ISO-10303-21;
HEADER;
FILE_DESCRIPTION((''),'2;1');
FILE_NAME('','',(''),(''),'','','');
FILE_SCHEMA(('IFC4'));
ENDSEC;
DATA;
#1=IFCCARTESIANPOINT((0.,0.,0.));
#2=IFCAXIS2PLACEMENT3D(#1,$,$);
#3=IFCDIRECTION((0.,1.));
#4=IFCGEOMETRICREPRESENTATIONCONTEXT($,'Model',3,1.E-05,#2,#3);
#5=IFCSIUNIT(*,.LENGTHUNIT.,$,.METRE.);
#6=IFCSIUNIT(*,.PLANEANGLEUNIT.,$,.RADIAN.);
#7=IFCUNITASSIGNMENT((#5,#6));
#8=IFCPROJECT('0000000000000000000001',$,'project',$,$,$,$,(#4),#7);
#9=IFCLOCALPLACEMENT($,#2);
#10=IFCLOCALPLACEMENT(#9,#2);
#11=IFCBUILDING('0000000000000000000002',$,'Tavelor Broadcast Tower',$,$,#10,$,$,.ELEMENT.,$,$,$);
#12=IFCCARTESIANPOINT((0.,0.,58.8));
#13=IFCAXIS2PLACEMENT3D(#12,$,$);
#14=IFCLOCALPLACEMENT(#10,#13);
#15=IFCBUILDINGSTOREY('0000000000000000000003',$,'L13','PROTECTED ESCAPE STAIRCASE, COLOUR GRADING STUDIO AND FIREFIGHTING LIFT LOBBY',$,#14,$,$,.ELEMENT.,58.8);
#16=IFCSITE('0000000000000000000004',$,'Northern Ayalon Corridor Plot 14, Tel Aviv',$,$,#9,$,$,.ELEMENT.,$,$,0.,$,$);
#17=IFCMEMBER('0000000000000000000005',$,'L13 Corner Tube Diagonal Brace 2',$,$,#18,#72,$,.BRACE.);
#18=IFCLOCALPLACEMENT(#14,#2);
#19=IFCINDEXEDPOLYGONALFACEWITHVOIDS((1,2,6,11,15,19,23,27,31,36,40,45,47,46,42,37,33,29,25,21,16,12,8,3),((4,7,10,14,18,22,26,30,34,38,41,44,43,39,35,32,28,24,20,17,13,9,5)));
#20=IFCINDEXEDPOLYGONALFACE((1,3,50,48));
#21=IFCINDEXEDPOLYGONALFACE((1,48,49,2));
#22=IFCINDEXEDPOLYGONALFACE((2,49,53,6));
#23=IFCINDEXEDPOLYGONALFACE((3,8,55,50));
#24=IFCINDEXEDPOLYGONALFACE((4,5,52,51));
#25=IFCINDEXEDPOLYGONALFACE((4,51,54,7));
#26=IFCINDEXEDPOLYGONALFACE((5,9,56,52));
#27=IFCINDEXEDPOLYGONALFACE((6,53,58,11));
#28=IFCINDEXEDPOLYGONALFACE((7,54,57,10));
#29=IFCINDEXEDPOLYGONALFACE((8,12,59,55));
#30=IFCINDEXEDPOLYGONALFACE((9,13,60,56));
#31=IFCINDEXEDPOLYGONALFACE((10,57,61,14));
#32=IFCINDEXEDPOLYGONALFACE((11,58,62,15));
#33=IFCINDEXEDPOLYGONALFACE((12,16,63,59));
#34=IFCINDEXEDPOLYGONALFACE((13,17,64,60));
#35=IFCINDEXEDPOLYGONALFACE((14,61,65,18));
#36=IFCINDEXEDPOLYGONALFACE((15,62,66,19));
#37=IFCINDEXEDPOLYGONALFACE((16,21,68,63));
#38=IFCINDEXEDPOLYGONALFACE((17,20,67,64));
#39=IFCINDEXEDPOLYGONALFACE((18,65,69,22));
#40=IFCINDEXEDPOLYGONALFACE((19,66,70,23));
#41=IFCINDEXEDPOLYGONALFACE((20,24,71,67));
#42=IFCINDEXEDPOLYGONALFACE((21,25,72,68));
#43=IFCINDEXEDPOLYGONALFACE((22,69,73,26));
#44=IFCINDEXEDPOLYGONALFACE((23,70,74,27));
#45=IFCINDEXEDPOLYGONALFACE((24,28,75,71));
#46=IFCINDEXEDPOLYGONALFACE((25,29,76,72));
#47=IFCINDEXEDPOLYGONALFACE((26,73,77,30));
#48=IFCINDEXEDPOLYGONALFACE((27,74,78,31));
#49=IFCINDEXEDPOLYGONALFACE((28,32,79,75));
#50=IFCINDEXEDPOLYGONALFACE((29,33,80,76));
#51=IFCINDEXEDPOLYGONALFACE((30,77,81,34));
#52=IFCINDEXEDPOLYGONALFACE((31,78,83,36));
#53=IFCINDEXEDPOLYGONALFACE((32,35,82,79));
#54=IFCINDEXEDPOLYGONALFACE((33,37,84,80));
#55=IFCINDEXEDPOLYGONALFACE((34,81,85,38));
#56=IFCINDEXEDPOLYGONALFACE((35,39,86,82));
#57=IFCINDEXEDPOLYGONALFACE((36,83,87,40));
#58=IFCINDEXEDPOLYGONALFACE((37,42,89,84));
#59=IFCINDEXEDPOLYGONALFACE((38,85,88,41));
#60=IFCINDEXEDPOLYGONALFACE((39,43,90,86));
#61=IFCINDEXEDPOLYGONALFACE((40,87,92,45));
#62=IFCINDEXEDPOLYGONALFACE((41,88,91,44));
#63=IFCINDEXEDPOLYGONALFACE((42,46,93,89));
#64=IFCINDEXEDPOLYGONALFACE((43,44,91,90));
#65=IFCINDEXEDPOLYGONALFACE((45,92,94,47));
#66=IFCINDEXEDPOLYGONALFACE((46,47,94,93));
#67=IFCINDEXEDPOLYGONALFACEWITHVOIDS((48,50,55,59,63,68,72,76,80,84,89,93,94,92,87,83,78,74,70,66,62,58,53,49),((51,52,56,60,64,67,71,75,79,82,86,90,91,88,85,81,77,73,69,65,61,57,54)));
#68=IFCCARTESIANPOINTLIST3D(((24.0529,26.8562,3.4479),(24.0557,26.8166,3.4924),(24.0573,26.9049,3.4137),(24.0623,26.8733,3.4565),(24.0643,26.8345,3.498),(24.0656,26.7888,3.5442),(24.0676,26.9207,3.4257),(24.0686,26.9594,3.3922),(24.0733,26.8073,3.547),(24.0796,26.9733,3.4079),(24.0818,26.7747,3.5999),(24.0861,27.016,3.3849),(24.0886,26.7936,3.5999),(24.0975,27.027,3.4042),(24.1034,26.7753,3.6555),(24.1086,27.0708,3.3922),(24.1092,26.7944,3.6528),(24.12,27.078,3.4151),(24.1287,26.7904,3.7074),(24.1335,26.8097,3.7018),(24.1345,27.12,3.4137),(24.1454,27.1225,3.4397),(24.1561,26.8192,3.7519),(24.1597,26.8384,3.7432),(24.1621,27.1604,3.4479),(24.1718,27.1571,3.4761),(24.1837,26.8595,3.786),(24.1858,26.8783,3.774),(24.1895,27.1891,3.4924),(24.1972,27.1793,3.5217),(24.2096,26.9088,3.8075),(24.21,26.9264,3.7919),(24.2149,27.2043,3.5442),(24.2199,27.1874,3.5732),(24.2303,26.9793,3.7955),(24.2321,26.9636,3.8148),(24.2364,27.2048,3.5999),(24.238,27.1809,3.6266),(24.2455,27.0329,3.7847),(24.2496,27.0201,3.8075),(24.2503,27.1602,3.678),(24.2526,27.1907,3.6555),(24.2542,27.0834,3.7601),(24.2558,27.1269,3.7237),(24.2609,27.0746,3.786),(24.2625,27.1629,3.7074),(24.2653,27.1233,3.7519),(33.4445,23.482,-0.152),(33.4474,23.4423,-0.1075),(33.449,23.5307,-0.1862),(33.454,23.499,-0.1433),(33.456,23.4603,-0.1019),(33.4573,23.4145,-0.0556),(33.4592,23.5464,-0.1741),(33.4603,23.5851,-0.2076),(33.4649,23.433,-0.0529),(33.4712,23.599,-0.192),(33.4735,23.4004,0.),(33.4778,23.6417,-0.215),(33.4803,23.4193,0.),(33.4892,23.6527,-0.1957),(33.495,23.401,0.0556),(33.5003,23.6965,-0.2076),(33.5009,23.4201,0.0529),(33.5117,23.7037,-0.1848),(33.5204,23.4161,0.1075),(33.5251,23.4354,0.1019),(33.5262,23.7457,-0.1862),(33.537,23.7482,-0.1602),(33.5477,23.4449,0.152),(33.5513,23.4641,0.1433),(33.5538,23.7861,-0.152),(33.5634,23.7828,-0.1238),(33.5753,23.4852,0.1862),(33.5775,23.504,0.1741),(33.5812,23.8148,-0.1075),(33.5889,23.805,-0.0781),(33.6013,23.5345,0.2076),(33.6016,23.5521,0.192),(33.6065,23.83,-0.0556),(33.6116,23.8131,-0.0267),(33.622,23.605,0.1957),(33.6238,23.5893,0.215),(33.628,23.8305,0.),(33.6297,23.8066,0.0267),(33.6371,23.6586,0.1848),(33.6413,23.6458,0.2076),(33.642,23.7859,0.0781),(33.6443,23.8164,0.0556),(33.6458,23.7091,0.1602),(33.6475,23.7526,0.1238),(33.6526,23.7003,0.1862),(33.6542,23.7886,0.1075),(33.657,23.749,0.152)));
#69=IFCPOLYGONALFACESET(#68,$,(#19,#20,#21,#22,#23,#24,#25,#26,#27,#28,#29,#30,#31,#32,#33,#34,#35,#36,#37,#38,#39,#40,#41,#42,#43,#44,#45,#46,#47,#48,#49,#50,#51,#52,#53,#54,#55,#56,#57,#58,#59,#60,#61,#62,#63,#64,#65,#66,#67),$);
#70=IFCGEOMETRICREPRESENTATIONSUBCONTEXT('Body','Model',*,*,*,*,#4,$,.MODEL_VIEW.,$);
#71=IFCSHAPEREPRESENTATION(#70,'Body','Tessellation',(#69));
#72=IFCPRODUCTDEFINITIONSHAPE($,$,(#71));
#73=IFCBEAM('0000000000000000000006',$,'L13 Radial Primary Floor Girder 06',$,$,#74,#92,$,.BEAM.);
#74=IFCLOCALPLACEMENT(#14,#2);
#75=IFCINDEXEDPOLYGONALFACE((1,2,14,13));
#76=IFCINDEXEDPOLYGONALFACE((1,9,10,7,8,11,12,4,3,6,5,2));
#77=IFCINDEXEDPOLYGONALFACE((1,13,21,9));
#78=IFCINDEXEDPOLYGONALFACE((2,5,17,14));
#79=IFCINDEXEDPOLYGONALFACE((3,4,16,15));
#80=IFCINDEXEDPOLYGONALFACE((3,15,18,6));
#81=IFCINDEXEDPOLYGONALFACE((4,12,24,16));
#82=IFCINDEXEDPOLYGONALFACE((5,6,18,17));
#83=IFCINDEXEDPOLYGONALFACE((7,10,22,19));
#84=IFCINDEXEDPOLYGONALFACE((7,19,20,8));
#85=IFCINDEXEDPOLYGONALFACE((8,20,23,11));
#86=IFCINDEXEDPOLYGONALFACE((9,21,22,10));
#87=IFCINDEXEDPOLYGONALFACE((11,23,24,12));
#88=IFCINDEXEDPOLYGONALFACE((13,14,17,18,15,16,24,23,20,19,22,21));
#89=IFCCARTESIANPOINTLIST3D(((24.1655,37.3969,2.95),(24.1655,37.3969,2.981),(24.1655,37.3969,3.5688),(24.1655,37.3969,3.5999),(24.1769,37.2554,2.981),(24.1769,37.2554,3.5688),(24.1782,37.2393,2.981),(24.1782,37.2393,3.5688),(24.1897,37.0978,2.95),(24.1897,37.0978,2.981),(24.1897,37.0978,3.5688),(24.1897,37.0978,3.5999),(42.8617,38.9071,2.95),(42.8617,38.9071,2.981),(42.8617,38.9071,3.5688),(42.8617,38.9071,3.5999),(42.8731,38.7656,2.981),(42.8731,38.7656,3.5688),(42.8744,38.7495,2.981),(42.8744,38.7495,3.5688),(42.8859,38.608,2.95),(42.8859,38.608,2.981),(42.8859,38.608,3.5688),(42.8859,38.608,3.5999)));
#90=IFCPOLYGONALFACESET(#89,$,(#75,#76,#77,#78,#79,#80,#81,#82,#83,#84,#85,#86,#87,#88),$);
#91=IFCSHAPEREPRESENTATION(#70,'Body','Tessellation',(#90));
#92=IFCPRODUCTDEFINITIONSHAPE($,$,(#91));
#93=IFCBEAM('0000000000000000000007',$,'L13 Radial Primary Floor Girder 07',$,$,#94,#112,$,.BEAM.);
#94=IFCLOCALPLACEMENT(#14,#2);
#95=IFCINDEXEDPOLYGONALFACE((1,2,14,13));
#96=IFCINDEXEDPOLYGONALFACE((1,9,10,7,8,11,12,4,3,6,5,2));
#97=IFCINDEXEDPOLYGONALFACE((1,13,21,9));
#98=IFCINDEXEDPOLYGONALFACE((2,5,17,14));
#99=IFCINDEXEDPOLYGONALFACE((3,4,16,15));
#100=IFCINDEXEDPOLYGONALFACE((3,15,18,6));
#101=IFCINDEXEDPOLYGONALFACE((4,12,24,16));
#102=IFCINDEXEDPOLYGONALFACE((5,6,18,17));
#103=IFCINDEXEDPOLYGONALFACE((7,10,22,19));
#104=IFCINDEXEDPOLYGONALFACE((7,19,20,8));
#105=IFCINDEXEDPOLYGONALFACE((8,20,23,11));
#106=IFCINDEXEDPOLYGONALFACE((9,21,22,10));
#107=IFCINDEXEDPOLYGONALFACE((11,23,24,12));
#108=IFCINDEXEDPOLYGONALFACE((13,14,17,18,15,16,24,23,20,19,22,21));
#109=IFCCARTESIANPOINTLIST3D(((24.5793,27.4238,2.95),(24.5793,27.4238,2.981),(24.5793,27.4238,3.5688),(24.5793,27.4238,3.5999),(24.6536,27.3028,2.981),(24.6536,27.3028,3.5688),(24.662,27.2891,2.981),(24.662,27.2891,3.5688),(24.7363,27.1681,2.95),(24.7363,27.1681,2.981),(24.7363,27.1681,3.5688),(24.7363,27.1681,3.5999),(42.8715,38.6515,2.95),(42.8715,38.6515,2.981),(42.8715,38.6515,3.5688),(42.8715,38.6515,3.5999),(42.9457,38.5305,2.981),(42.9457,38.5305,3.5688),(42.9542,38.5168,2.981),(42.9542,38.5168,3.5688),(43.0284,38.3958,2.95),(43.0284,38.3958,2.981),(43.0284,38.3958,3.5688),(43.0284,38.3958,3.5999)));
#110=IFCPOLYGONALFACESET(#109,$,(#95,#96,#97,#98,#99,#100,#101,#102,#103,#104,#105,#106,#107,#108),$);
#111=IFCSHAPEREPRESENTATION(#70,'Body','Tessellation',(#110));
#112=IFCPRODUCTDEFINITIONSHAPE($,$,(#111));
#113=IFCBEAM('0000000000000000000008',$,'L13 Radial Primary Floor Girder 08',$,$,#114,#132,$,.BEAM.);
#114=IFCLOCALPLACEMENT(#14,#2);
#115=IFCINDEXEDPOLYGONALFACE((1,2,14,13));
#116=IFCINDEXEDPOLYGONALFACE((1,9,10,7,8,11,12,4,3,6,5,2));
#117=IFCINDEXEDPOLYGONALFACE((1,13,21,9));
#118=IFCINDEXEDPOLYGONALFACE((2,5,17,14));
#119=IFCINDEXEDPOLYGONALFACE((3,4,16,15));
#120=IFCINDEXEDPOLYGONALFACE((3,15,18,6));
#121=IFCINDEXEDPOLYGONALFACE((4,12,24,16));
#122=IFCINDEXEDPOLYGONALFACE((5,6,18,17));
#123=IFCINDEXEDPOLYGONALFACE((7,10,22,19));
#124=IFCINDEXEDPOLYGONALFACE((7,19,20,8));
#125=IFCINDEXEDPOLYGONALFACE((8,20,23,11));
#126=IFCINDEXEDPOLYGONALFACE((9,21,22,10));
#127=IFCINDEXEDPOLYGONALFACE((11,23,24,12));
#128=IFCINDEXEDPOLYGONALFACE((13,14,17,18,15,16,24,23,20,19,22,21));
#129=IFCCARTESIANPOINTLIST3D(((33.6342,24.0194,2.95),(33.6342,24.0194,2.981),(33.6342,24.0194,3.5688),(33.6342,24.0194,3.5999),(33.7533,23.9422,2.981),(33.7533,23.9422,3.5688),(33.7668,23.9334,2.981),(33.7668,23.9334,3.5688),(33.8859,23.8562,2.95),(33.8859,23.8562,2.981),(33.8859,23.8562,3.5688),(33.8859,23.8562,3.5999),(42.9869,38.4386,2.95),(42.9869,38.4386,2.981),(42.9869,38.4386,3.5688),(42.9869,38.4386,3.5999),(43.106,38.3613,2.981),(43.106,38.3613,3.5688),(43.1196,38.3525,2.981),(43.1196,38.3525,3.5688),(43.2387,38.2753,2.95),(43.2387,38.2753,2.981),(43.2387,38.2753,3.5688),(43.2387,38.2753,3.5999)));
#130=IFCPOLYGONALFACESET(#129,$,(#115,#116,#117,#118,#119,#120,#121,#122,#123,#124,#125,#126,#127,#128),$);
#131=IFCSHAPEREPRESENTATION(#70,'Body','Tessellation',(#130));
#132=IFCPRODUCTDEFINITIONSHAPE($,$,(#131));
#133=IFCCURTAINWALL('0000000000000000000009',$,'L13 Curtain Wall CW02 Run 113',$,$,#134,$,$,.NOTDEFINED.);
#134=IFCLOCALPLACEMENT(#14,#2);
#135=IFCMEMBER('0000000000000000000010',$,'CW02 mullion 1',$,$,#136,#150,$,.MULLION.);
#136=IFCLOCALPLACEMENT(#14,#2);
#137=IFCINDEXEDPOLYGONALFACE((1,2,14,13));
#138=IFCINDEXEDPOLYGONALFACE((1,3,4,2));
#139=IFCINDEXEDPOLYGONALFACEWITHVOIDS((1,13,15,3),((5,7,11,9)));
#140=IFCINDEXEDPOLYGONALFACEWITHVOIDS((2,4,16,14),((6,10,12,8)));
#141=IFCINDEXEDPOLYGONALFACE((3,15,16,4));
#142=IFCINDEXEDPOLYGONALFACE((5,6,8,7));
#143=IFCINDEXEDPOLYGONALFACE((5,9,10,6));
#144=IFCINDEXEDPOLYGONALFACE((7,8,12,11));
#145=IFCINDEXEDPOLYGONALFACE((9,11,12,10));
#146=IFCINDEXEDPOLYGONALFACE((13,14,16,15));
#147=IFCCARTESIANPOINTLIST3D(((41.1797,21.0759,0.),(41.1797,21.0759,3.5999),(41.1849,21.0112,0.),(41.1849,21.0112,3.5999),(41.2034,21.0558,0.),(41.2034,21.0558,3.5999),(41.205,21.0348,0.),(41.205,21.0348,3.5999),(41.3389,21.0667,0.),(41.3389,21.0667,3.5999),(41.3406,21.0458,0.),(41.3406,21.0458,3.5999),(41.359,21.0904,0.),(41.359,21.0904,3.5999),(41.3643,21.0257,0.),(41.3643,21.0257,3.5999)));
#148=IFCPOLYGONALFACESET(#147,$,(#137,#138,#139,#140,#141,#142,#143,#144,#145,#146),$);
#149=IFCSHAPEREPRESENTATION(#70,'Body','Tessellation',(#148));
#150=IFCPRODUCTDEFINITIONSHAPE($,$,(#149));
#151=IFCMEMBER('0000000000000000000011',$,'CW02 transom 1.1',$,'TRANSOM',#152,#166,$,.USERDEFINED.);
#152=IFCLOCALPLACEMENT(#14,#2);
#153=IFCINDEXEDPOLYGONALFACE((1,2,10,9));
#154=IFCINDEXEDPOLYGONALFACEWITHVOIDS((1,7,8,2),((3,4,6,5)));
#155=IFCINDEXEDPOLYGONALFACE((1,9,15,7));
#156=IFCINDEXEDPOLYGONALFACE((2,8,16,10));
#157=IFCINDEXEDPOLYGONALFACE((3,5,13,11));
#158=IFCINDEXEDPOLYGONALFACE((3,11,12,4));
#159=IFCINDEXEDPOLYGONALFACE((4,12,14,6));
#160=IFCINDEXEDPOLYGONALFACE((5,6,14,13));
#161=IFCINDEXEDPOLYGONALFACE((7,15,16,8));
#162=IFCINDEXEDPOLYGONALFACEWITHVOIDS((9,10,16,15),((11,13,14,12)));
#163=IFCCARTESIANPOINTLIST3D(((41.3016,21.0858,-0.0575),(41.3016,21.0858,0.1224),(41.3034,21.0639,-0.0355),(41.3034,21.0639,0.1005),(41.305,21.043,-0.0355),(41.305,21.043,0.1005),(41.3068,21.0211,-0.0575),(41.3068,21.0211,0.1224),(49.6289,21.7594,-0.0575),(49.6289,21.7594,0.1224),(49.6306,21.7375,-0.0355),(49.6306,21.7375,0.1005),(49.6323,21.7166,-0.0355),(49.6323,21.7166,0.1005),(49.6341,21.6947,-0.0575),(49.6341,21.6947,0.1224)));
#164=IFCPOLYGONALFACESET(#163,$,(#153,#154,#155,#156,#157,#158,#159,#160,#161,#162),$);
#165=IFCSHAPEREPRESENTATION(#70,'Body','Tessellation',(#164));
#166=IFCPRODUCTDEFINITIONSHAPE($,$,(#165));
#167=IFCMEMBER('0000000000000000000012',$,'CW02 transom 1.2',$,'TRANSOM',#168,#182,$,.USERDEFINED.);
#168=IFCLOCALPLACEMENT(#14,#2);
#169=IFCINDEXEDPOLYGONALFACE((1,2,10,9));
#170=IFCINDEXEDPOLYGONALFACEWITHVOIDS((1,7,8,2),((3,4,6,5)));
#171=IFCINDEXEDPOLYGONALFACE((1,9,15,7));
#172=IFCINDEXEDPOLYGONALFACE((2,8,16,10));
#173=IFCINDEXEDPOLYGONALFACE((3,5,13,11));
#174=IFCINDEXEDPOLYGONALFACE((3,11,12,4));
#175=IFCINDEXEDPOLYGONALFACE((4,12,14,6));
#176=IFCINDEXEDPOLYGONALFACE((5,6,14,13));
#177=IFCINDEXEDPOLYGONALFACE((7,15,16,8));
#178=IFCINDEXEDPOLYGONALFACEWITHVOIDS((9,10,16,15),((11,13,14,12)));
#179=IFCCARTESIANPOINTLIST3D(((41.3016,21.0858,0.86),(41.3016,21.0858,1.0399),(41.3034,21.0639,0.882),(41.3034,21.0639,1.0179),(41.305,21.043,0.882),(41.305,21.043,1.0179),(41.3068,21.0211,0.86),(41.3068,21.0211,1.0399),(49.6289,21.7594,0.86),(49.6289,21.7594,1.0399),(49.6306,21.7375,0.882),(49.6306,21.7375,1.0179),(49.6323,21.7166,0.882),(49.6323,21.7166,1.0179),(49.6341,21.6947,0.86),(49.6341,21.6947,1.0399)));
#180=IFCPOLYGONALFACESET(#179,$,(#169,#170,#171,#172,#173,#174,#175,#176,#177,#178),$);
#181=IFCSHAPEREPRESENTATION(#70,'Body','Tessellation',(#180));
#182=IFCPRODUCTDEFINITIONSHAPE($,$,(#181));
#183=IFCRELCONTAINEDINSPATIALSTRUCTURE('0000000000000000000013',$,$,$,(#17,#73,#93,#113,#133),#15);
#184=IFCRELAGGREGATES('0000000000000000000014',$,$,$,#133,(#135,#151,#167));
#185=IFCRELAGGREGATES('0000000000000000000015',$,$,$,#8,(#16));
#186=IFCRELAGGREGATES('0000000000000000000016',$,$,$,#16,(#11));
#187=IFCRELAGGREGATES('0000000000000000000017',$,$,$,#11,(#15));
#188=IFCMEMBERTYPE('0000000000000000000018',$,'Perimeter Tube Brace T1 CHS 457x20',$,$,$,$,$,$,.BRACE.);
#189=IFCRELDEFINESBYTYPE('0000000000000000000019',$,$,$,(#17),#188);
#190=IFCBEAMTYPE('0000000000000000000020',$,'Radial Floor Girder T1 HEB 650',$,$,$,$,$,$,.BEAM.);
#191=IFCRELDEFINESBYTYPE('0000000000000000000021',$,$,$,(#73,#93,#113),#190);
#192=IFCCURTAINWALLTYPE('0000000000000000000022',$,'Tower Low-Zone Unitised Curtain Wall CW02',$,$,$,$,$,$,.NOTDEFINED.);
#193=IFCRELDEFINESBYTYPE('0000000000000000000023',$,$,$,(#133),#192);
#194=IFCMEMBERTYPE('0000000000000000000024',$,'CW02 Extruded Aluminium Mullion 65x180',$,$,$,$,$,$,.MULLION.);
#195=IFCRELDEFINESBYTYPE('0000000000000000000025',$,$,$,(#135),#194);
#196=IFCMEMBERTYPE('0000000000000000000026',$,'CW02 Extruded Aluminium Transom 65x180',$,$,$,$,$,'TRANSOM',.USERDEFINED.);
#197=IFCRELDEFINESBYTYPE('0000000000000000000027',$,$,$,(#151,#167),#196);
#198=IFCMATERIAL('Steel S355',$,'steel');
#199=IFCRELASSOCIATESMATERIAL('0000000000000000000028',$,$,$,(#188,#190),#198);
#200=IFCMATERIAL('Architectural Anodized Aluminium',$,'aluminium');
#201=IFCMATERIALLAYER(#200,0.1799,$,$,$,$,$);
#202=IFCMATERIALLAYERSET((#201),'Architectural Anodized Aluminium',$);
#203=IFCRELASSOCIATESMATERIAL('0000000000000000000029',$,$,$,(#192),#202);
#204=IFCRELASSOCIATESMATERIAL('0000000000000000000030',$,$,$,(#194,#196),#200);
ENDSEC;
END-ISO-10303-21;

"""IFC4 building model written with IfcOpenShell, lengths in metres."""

from ifc_helpers import new_model, si_unit, direction, frame, origin, origin_2d, place, context, subcontext, project, spatial, hollow_rectangle, hollow_circle, i_section, extrude, source, transform, mapped, material, layer, layer_set, material_profile, profile_set, type_object, type_shapes, element, aggregate, save


model = new_model("IFC4")

# Units and contexts
model_context = context("Model", 3, precision=1e-05, world=origin(), true_north=direction((0.0, 1.0)))
body_context = subcontext(model_context, "Body", "Model", "MODEL_VIEW")
ifc_project = project(units=[si_unit("LENGTHUNIT", "METRE"), si_unit("PLANEANGLEUNIT", "RADIAN")], contexts=[model_context])

# Site, building, storey
site_placement = place(None, origin())
site = spatial("IfcSite", under=ifc_project, at=site_placement, Name="Northern Ayalon Corridor Plot 14, Tel Aviv", CompositionType="ELEMENT", RefElevation=0.0)
building_placement = place(site_placement, origin())
building = spatial("IfcBuilding", under=site, at=building_placement, Name="Tavelor Broadcast Tower", CompositionType="ELEMENT")
storey_placement = place(building_placement, frame((0.0, 0.0, 58.8)))
storey = spatial("IfcBuildingStorey", under=building, at=storey_placement, Name="L13", Description="PROTECTED ESCAPE STAIRCASE, COLOUR GRADING STUDIO AND FIREFIGHTING LIFT LOBBY", CompositionType="ELEMENT", Elevation=58.8)

# Shared definitions
ifc_material_1 = material(Name="Steel S355", Category="steel")

# Member
ifc_material_profile_1 = material_profile(ifc_material_1, hollow_circle(Radius=0.2285, WallThickness=0.02, at=origin_2d()), Name="CHS 457x20")
ifc_profile_set_1 = profile_set([ifc_material_profile_1], Name="Steel S355")
member_type_1 = type_object("IfcMemberType", Name="Perimeter Tube Brace T1 CHS 457x20", PredefinedType="BRACE", material=ifc_profile_set_1)
member_1_placement = place(storey_placement, frame((33.5508, 23.6155, 0.0), z_axis=(-0.885265, 0.318063, 0.339327), x_axis=(-0.338124, -0.941101, 0.0)))
element("IfcMember", 1, at=member_1_placement, inside=storey, type_object=member_type_1, Name="L13 Corner Tube Diagonal Brace 2", PredefinedType="BRACE", context=body_context, shape_type="SweptSolid", body=[
    extrude(hollow_circle(Radius=0.2285, WallThickness=0.02, at=origin_2d()), origin(), (0.0, 0.0, 1.0), 10.6089),
])

# Beams
ifc_material_profile_2 = material_profile(ifc_material_1, i_section(OverallWidth=0.3, OverallDepth=0.6499, WebThickness=0.0161, FlangeThickness=0.031, at=origin_2d()), Name="HEB 650")
ifc_profile_set_2 = profile_set([ifc_material_profile_2], Name="Steel S355")
beam_type_1 = type_object("IfcBeamType", Name="Radial Floor Girder T1 HEB 650", PredefinedType="BEAM", material=ifc_profile_set_2)
beam_1_placement = place(storey_placement, frame((42.8738, 38.7576, 3.2749), z_axis=(-0.996753, -0.080516, 0.0), x_axis=(0.080516, -0.996753, 0.0)))
element("IfcBeam", 2, at=beam_1_placement, inside=storey, type_object=beam_type_1, Name="L13 Radial Primary Floor Girder 06", PredefinedType="BEAM", context=body_context, shape_type="SweptSolid", body=[
    extrude(i_section(OverallWidth=0.3, OverallDepth=0.6499, WebThickness=0.0161, FlangeThickness=0.031, at=origin_2d()), origin(), (0.0, 0.0, 1.0), 18.7571),
])
beam_2_placement = place(storey_placement, frame((42.95, 38.5237, 3.2749), z_axis=(-0.85226, -0.523118, 0.0), x_axis=(0.523118, -0.85226, 0.0)))
element("IfcBeam", 3, at=beam_2_placement, inside=storey, type_object=beam_type_1, Name="L13 Radial Primary Floor Girder 07", PredefinedType="BEAM", context=body_context, shape_type="SweptSolid", body=[
    extrude(i_section(OverallWidth=0.3, OverallDepth=0.6499, WebThickness=0.0161, FlangeThickness=0.031, at=origin_2d()), origin(), (0.0, 0.0, 1.0), 21.4631),
])
beam_3_placement = place(storey_placement, frame((43.1128, 38.3569, 3.2749), z_axis=(-0.544183, -0.838967, 0.0), x_axis=(0.838967, -0.544183, 0.0)))
element("IfcBeam", 4, at=beam_3_placement, inside=storey, type_object=beam_type_1, Name="L13 Radial Primary Floor Girder 08", PredefinedType="BEAM", context=body_context, shape_type="SweptSolid", body=[
    extrude(i_section(OverallWidth=0.3, OverallDepth=0.6499, WebThickness=0.0161, FlangeThickness=0.031, at=origin_2d()), origin(), (0.0, 0.0, 1.0), 17.1868),
])

# Curtain wall, members
ifc_material_2 = material(Name="Architectural Anodized Aluminium", Category="aluminium")
ifc_layer_1 = layer(ifc_material_2, 0.1799)
ifc_layer_set_1 = layer_set([ifc_layer_1], Name="Architectural Anodized Aluminium")
curtain_wall_type = type_object("IfcCurtainWallType", Name="Tower Low-Zone Unitised Curtain Wall CW02", PredefinedType="NOTDEFINED", material=ifc_layer_set_1)
curtain_wall_placement = place(storey_placement, origin())
curtain_wall = element("IfcCurtainWall", 5, at=curtain_wall_placement, inside=storey, type_object=curtain_wall_type, Name="L13 Curtain Wall CW02 Run 113", PredefinedType="NOTDEFINED")
ifc_material_profile_3 = material_profile(ifc_material_2, hollow_rectangle(XDim=0.0649, YDim=0.1799, WallThickness=0.022, at=origin_2d()), Name="RHS 65x180x22")
ifc_profile_set_3 = profile_set([ifc_material_profile_3], Name="Architectural Anodized Aluminium")
member_type_2 = type_object("IfcMemberType", Name="CW02 Extruded Aluminium Mullion 65x180", PredefinedType="MULLION", material=ifc_profile_set_3)
shared_shape_1 = source(origin(), body_context, "Body", "SweptSolid", [
    extrude(hollow_rectangle(XDim=0.0649, YDim=0.1799, WallThickness=0.022, at=origin_2d()), origin(), (0.0, 0.0, 1.0), 3.5999),
])
type_shapes(member_type_2, [shared_shape_1])
member_2_placement = place(storey_placement, frame((41.272, 21.0508, 0.0), z_axis=(0.0, 0.0, 1.0), x_axis=(-0.080629, 0.996744, 0.0)))
member_2 = element("IfcMember", 6, at=member_2_placement, type_object=member_type_2, Name="CW02 mullion 1", PredefinedType="MULLION", context=body_context, shape_type="MappedRepresentation", body=[
    mapped(shared_shape_1, transform((0.0, 0.0, 0.0), scale=1.0)),
])
ifc_material_profile_4 = material_profile(ifc_material_2, hollow_rectangle(XDim=0.0649, YDim=0.1799, WallThickness=0.022, at=origin_2d()), Name="RHS 65x180x22")
ifc_profile_set_4 = profile_set([ifc_material_profile_4], Name="Architectural Anodized Aluminium")
member_type_3 = type_object("IfcMemberType", Name="CW02 Extruded Aluminium Transom 65x180", ElementType="TRANSOM", PredefinedType="USERDEFINED", material=ifc_profile_set_4)
shared_shape_2 = source(origin(), body_context, "Body", "SweptSolid", [
    extrude(hollow_rectangle(XDim=0.0649, YDim=0.1799, WallThickness=0.022, at=origin_2d()), origin(), (0.0, 0.0, 1.0), 8.3545),
])
type_shapes(member_type_3, [shared_shape_2])
member_3_placement = place(storey_placement, frame((41.3042, 21.0535, 0.0325), z_axis=(0.996745, 0.080624, 0.0), x_axis=(-0.080624, 0.996745, 0.0)))
member_3 = element("IfcMember", 7, at=member_3_placement, type_object=member_type_3, Name="CW02 transom 1.1", ObjectType="TRANSOM", PredefinedType="USERDEFINED", context=body_context, shape_type="MappedRepresentation", body=[
    mapped(shared_shape_2, transform((0.0, 0.0, 0.0), scale=1.0)),
])
member_4_placement = place(storey_placement, frame((41.3042, 21.0535, 0.95), z_axis=(0.996745, 0.080624, 0.0), x_axis=(-0.080624, 0.996745, 0.0)))
member_4 = element("IfcMember", 8, at=member_4_placement, type_object=member_type_3, Name="CW02 transom 1.2", ObjectType="TRANSOM", PredefinedType="USERDEFINED", context=body_context, shape_type="MappedRepresentation", body=[
    mapped(shared_shape_2, transform((0.0, 0.0, 0.0), scale=1.0)),
])
aggregate(curtain_wall, [member_2, member_3, member_4])

save(model, "model.ifc")
